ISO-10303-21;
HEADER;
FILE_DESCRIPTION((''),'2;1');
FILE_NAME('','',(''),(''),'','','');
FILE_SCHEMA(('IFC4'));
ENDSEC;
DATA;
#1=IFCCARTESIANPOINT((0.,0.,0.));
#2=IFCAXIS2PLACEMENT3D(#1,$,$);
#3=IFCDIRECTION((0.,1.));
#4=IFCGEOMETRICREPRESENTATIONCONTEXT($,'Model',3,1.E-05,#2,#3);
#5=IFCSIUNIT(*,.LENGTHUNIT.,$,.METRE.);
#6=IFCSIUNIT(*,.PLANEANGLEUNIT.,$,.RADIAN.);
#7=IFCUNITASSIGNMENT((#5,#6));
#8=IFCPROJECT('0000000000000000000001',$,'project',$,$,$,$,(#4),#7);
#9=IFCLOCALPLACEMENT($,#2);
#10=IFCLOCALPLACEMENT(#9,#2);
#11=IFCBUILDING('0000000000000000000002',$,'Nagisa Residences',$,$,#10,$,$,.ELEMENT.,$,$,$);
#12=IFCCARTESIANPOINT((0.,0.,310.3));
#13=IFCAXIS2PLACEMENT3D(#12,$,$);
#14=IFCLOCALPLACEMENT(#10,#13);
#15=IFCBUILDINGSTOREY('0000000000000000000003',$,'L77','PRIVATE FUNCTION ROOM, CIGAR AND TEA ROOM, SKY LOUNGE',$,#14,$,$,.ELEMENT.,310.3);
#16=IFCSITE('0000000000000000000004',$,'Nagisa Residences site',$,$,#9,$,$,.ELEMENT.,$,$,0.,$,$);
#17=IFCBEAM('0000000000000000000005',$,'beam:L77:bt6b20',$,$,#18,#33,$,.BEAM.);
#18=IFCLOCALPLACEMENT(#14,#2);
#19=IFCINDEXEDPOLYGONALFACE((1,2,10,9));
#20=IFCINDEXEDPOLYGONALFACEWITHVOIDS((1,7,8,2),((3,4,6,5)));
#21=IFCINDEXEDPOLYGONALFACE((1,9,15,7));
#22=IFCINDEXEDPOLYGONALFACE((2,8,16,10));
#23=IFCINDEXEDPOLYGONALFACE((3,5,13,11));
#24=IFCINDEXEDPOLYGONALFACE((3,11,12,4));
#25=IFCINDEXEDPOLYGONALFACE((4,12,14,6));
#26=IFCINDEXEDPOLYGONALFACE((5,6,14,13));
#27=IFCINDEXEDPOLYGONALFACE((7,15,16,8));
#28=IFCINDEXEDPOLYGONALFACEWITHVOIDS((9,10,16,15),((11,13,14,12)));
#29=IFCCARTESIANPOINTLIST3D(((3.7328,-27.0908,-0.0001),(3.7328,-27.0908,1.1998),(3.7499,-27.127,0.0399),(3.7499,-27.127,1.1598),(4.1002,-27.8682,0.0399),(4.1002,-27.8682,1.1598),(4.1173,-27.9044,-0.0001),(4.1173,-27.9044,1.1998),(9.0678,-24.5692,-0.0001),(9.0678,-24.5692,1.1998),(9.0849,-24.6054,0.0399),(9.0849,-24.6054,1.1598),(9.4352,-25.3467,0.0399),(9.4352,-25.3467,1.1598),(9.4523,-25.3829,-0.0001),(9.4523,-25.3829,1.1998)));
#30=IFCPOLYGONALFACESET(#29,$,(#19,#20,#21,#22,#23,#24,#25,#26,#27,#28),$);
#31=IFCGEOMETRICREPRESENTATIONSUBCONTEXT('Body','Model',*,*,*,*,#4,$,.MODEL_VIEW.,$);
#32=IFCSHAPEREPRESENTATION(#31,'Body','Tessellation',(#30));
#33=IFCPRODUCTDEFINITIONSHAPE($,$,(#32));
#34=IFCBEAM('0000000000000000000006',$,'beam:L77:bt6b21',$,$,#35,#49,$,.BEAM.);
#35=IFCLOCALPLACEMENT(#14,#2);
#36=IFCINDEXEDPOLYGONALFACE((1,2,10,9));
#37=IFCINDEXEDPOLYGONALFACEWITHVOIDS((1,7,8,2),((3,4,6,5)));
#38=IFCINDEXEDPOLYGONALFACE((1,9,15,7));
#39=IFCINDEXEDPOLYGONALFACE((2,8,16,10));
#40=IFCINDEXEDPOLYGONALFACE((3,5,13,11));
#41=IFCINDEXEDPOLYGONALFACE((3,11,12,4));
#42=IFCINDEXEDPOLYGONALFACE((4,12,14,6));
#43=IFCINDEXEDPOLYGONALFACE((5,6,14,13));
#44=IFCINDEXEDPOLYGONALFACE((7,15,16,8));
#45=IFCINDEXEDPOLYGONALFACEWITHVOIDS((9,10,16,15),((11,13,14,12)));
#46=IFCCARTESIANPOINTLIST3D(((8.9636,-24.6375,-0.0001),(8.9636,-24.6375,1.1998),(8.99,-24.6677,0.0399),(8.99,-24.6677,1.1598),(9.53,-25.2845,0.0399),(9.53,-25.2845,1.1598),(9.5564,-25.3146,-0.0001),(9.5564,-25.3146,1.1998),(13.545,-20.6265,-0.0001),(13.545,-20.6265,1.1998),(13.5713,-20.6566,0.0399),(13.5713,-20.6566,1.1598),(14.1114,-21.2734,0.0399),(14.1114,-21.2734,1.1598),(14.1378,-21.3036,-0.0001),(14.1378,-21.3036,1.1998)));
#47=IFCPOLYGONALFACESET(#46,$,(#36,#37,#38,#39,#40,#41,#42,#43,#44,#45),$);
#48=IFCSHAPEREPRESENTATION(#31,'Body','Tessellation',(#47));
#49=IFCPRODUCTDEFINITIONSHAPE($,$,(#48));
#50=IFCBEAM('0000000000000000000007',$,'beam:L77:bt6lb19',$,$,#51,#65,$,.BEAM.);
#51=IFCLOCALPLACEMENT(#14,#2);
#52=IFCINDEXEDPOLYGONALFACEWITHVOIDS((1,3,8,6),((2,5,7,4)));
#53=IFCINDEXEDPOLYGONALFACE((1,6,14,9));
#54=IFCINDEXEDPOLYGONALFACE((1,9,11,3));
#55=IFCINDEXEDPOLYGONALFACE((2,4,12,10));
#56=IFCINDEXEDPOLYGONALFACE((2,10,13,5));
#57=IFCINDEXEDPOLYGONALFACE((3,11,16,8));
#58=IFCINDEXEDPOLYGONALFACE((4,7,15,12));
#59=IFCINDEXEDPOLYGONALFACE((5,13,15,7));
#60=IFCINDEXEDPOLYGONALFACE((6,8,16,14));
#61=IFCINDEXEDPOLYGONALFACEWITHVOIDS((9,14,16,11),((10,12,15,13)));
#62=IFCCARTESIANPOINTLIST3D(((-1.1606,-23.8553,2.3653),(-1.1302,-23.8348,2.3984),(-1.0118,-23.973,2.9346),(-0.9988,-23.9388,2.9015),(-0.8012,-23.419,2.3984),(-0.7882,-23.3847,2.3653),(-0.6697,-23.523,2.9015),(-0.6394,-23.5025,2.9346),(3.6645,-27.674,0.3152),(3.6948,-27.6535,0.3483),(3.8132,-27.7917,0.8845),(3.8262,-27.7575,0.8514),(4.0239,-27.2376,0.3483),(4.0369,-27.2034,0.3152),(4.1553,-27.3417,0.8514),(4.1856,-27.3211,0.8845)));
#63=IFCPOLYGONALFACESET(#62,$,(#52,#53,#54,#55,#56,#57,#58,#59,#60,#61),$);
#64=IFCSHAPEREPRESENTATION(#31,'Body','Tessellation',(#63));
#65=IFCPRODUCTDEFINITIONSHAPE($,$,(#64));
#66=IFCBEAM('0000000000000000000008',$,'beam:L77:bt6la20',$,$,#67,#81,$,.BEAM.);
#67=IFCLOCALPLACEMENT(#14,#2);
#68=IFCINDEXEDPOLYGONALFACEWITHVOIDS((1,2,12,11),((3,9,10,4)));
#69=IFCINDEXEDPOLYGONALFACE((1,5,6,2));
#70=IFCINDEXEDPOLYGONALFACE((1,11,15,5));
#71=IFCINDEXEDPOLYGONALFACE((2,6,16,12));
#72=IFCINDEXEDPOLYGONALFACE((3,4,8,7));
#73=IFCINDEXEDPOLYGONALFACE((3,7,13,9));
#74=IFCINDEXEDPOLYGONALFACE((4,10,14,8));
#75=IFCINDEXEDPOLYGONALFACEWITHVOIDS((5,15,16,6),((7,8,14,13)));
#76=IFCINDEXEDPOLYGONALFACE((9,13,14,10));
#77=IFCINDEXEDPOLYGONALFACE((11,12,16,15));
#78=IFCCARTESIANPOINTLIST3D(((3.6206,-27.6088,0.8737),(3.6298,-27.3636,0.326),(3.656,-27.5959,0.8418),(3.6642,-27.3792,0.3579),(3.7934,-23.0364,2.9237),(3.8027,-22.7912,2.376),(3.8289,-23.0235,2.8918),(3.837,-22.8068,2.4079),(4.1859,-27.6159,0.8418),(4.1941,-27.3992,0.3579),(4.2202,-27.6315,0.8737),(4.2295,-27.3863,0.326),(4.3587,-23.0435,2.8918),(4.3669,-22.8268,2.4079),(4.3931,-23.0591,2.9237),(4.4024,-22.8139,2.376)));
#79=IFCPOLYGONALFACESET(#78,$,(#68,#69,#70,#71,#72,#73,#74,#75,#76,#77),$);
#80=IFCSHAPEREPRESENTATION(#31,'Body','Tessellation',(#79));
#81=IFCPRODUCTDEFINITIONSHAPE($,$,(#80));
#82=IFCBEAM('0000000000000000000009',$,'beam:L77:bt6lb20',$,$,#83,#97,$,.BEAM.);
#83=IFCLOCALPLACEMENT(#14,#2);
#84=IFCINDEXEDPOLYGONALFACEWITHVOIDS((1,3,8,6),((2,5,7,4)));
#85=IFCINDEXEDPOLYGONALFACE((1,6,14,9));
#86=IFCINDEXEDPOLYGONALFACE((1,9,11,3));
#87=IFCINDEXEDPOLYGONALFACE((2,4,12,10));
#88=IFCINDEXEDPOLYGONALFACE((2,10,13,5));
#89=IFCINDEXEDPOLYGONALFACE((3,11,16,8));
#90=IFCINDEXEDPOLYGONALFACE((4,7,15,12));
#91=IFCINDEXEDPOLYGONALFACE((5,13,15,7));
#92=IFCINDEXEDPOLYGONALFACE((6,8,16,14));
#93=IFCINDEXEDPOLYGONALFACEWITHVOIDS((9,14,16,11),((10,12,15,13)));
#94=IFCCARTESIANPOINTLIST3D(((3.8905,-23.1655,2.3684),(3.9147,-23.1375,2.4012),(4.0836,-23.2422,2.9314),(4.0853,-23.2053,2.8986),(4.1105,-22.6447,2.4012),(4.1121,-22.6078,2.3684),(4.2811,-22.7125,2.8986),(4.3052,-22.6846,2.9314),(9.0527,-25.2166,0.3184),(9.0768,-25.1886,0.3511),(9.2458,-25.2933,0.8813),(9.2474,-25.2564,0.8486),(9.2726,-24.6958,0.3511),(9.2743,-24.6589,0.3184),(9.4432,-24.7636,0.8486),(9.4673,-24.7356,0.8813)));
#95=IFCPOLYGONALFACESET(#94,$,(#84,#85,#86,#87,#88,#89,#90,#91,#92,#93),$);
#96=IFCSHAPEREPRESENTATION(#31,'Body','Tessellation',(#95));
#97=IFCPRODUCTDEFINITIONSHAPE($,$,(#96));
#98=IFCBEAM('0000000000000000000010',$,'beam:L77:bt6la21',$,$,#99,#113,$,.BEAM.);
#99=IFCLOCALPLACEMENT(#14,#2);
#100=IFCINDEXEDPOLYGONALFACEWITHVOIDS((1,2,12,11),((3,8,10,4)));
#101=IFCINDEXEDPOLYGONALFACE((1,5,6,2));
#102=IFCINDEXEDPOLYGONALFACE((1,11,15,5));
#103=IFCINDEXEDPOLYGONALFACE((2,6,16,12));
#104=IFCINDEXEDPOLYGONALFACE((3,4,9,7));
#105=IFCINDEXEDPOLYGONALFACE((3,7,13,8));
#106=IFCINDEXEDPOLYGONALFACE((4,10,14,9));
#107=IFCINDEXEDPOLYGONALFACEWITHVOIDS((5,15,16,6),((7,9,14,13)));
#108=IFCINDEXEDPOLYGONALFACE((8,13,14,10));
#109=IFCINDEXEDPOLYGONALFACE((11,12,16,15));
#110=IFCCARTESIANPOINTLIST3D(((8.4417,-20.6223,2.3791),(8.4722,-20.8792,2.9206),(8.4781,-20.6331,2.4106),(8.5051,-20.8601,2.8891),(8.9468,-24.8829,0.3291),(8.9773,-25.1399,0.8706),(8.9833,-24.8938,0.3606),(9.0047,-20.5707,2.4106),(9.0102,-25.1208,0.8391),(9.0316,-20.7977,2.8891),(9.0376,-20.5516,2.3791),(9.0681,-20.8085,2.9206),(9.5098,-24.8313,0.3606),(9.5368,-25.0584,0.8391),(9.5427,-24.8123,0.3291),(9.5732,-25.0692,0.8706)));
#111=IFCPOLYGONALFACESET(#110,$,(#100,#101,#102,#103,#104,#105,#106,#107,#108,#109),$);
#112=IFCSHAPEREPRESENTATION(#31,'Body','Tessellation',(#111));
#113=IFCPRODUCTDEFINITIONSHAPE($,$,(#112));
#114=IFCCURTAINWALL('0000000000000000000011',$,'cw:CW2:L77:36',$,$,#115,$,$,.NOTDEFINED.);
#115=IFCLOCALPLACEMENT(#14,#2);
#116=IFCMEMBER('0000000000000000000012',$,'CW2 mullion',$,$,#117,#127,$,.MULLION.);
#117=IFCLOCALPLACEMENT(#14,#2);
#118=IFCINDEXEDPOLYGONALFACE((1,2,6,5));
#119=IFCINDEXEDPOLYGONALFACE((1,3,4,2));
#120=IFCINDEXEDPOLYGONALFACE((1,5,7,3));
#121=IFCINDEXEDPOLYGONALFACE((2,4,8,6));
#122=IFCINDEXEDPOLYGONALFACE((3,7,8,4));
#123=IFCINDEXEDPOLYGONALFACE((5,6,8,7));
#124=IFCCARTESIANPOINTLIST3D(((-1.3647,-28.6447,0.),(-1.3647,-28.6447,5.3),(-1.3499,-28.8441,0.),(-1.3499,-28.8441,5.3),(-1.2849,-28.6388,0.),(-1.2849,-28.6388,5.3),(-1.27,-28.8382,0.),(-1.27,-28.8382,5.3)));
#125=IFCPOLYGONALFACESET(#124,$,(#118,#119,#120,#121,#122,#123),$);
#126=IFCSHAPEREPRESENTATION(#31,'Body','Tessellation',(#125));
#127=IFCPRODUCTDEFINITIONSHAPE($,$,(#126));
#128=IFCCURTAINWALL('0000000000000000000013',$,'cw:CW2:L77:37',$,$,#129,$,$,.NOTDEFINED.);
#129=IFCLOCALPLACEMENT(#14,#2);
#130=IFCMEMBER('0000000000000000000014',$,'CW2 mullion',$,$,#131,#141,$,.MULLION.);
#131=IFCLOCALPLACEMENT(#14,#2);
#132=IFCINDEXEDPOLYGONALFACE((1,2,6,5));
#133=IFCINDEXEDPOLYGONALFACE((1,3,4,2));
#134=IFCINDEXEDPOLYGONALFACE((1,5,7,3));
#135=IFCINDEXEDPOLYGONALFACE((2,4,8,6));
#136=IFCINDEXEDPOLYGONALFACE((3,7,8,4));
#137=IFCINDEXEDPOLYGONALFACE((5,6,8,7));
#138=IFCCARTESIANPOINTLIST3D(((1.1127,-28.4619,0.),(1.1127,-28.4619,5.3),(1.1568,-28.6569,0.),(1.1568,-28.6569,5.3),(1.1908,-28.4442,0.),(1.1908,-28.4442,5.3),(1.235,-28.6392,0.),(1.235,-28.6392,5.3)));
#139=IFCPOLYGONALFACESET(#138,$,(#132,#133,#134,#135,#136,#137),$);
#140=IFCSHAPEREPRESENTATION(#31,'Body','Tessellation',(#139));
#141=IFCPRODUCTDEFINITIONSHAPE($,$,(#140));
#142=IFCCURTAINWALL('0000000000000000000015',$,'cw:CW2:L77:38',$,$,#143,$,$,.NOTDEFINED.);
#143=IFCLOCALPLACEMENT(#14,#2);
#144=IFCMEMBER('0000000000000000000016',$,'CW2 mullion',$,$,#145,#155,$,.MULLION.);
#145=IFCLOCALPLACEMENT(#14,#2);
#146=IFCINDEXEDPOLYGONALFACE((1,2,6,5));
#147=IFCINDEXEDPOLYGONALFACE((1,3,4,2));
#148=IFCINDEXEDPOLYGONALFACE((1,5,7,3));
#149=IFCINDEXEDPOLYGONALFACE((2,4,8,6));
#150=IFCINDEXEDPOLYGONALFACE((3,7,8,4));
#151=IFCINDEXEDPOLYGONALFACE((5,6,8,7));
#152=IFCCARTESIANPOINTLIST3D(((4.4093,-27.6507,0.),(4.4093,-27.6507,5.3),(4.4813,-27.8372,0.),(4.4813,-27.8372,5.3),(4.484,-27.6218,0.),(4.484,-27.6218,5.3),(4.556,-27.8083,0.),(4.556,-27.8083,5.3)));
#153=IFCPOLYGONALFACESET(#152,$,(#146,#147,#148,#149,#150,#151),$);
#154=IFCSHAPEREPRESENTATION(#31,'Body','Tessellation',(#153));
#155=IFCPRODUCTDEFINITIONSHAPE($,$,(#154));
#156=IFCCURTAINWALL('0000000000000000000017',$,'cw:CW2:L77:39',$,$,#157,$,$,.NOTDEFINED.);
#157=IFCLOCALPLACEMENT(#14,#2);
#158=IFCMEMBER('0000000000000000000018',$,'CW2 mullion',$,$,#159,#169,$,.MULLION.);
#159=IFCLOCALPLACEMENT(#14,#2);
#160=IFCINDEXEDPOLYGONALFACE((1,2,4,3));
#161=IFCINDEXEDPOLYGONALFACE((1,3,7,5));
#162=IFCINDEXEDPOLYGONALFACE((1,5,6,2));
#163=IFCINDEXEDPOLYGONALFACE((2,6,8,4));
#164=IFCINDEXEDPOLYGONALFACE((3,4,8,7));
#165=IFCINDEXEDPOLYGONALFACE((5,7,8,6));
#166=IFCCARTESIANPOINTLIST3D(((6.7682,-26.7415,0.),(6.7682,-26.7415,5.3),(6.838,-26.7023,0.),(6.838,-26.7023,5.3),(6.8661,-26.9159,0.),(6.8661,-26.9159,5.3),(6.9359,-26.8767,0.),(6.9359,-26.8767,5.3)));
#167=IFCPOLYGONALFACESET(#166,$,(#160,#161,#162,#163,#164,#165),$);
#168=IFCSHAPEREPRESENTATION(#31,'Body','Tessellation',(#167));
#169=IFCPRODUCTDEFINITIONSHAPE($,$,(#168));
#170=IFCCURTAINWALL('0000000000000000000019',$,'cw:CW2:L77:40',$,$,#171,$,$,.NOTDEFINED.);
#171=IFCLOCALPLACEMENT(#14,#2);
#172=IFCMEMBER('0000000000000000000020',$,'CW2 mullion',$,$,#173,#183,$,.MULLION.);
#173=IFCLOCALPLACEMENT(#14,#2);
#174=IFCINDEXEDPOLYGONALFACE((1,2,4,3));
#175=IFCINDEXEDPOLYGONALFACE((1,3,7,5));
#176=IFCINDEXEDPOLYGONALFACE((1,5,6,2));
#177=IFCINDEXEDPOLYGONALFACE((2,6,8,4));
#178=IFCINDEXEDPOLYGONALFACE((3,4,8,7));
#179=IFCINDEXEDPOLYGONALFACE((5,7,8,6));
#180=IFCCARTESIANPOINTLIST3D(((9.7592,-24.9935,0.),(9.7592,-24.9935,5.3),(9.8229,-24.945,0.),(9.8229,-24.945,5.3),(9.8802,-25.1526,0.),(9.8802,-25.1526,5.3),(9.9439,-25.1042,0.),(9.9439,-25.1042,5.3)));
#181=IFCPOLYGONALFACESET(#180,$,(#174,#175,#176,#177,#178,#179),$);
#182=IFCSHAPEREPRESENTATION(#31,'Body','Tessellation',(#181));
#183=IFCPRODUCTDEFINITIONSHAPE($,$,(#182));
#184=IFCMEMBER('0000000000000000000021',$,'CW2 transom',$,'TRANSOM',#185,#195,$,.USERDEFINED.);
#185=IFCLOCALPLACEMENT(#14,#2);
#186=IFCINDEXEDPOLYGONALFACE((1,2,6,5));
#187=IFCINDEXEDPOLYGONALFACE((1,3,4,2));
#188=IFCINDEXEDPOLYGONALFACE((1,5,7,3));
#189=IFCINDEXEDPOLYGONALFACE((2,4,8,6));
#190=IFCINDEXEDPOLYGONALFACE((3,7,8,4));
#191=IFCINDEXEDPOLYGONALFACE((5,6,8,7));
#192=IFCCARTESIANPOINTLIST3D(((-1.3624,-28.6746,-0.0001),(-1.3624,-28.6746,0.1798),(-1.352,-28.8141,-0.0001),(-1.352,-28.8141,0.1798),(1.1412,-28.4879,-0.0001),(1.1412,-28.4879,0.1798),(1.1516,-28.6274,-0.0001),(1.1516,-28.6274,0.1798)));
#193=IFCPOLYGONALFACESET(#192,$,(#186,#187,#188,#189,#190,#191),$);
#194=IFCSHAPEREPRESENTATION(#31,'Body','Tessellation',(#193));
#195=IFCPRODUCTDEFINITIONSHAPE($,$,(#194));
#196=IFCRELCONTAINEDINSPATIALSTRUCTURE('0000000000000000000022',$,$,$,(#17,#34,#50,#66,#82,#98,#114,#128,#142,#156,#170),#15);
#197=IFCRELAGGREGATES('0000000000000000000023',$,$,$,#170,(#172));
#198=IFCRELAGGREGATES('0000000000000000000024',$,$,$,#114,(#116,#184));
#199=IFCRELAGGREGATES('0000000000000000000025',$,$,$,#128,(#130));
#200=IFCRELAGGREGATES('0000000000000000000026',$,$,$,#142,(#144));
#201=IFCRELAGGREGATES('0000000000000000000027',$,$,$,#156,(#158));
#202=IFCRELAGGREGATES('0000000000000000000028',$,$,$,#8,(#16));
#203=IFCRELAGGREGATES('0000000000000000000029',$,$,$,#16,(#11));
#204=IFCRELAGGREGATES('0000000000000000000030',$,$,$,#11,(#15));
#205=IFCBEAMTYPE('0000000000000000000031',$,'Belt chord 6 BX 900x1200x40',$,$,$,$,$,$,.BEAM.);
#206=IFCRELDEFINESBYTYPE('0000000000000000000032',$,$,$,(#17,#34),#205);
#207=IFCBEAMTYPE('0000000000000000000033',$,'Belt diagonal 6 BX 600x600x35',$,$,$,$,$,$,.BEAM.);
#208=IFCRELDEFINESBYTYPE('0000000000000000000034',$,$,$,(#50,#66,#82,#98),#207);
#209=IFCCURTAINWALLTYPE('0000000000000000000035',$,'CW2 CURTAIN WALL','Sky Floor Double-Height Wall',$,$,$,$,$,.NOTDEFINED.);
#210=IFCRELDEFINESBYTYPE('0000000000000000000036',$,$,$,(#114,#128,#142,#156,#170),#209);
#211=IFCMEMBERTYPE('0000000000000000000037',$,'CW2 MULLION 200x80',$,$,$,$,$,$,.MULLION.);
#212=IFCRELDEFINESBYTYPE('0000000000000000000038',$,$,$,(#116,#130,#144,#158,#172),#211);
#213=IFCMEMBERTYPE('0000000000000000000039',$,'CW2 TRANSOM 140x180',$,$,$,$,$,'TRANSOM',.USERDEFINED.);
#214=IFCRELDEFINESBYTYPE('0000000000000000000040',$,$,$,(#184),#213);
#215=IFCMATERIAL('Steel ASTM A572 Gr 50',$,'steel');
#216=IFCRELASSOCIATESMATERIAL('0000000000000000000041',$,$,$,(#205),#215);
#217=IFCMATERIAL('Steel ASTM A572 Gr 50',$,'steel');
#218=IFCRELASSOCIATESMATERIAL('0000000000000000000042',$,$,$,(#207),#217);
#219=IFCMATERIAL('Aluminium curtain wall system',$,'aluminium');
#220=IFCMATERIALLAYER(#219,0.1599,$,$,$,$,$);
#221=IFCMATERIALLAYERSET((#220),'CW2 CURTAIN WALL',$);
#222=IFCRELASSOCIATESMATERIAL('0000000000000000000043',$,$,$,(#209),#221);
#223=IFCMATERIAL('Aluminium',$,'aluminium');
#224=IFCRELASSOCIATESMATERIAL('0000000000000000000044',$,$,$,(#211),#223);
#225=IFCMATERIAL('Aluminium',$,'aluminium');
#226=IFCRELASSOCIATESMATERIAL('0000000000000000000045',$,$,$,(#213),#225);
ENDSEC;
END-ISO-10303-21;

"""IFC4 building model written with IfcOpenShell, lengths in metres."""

from ifc_helpers import new_model, si_unit, direction, frame, origin, origin_2d, place, context, subcontext, project, spatial, rectangle, hollow_rectangle, extrude, material, layer, layer_set, material_profile, profile_set, type_object, element, aggregate, save


model = new_model("IFC4")

# Units and contexts
model_context = context("Model", 3, precision=1e-05, world=origin(), true_north=direction((0.0, 1.0)))
body_context = subcontext(model_context, "Body", "Model", "MODEL_VIEW")
ifc_project = project(units=[si_unit("LENGTHUNIT", "METRE"), si_unit("PLANEANGLEUNIT", "RADIAN")], contexts=[model_context])

# Site, building, storey
site_placement = place(None, origin())
site = spatial("IfcSite", under=ifc_project, at=site_placement, Name="Nagisa Residences site", CompositionType="ELEMENT", RefElevation=0.0)
building_placement = place(site_placement, origin())
building = spatial("IfcBuilding", under=site, at=building_placement, Name="Nagisa Residences", CompositionType="ELEMENT")
storey_placement = place(building_placement, frame((0.0, 0.0, 310.3)))
storey = spatial("IfcBuildingStorey", under=building, at=storey_placement, Name="L77", Description="PRIVATE FUNCTION ROOM, CIGAR AND TEA ROOM, SKY LOUNGE", CompositionType="ELEMENT", Elevation=310.3)

# Beams
ifc_material_1 = material(Name="Steel ASTM A572 Gr 50", Category="steel")
ifc_material_profile_1 = material_profile(ifc_material_1, hollow_rectangle(XDim=0.8999, YDim=1.2, WallThickness=0.04, at=origin_2d()), Name="BX 900x1200x40")
ifc_profile_set_1 = profile_set([ifc_material_profile_1], Name="Steel ASTM A572 Gr 50")
beam_type_1 = type_object("IfcBeamType", Name="Belt chord 6 BX 900x1200x40", PredefinedType="BEAM", material=ifc_profile_set_1)
beam_1_placement = place(storey_placement, frame((3.925, -27.4976, 0.5999), z_axis=(0.904105, 0.427311, 0.0), x_axis=(-0.427311, 0.904105, 0.0)))
element("IfcBeam", 1, at=beam_1_placement, inside=storey, type_object=beam_type_1, Name="beam:L77:bt6b20", PredefinedType="BEAM", context=body_context, shape_type="SweptSolid", body=[
    extrude(hollow_rectangle(XDim=0.8999, YDim=1.2, WallThickness=0.04, at=origin_2d()), origin(), (0.0, 0.0, 1.0), 5.9009),
])
beam_2_placement = place(storey_placement, frame((9.26, -24.9761, 0.5999), z_axis=(0.752385, 0.658723, 0.0), x_axis=(-0.658723, 0.752385, 0.0)))
element("IfcBeam", 2, at=beam_2_placement, inside=storey, type_object=beam_type_1, Name="beam:L77:bt6b21", PredefinedType="BEAM", context=body_context, shape_type="SweptSolid", body=[
    extrude(hollow_rectangle(XDim=0.8999, YDim=1.2, WallThickness=0.04, at=origin_2d()), origin(), (0.0, 0.0, 1.0), 6.0891),
])
ifc_material_2 = material(Name="Steel ASTM A572 Gr 50", Category="steel")
ifc_material_profile_2 = material_profile(ifc_material_2, hollow_rectangle(XDim=0.6001, YDim=0.6001, WallThickness=0.0349, at=origin_2d()), Name="BX 600x600x35")
ifc_profile_set_2 = profile_set([ifc_material_profile_2], Name="Steel ASTM A572 Gr 50")
beam_type_2 = type_object("IfcBeamType", Name="Belt diagonal 6 BX 600x600x35", PredefinedType="BEAM", material=ifc_profile_set_2)
beam_3_placement = place(storey_placement, frame((3.925, -27.4976, 0.5999), z_axis=(-0.743934, 0.588771, 0.316086), x_axis=(-0.620588, -0.784137, 0.0)))
element("IfcBeam", 3, at=beam_3_placement, inside=storey, type_object=beam_type_2, Name="beam:L77:bt6lb19", PredefinedType="BEAM", context=body_context, shape_type="SweptSolid", body=[
    extrude(hollow_rectangle(XDim=0.6001, YDim=0.6001, WallThickness=0.0349, at=origin_2d()), origin(), (0.0, 0.0, 1.0), 6.4858),
])
beam_4_placement = place(storey_placement, frame((3.925, -27.4976, 0.5999), z_axis=(0.034474, 0.911944, 0.408863), x_axis=(-0.999286, 0.037775, 0.0)))
element("IfcBeam", 4, at=beam_4_placement, inside=storey, type_object=beam_type_2, Name="beam:L77:bt6la20", PredefinedType="BEAM", context=body_context, shape_type="SweptSolid", body=[
    extrude(hollow_rectangle(XDim=0.6001, YDim=0.6001, WallThickness=0.0349, at=origin_2d()), origin(), (0.0, 0.0, 1.0), 5.0139),
])
beam_5_placement = place(storey_placement, frame((9.26, -24.9761, 0.5999), z_axis=(-0.871849, 0.346406, 0.346241), x_axis=(-0.369245, -0.929332, 0.0)))
element("IfcBeam", 5, at=beam_5_placement, inside=storey, type_object=beam_type_2, Name="beam:L77:bt6lb20", PredefinedType="BEAM", context=body_context, shape_type="SweptSolid", body=[
    extrude(hollow_rectangle(XDim=0.6001, YDim=0.6001, WallThickness=0.0349, at=origin_2d()), origin(), (0.0, 0.0, 1.0), 5.9209),
])
beam_6_placement = place(storey_placement, frame((9.26, -24.9761, 0.5999), z_axis=(-0.106227, 0.89602, 0.431119), x_axis=(-0.993046, -0.117729, 0.0)))
element("IfcBeam", 6, at=beam_6_placement, inside=storey, type_object=beam_type_2, Name="beam:L77:bt6la21", PredefinedType="BEAM", context=body_context, shape_type="SweptSolid", body=[
    extrude(hollow_rectangle(XDim=0.6001, YDim=0.6001, WallThickness=0.0349, at=origin_2d()), origin(), (0.0, 0.0, 1.0), 4.7551),
])

# Curtain walls, members
ifc_material_3 = material(Name="Aluminium curtain wall system", Category="aluminium")
ifc_layer_1 = layer(ifc_material_3, 0.1599)
ifc_layer_set_1 = layer_set([ifc_layer_1], Name="CW2 CURTAIN WALL")
curtain_wall_type = type_object("IfcCurtainWallType", Name="CW2 CURTAIN WALL", Description="Sky Floor Double-Height Wall", PredefinedType="NOTDEFINED", material=ifc_layer_set_1)
curtain_wall_1_placement = place(storey_placement, origin())
curtain_wall_1 = element("IfcCurtainWall", 7, at=curtain_wall_1_placement, inside=storey, type_object=curtain_wall_type, Name="cw:CW2:L77:36", PredefinedType="NOTDEFINED")
ifc_material_4 = material(Name="Aluminium", Category="aluminium")
ifc_material_profile_3 = material_profile(ifc_material_4, rectangle(XDim=0.2, YDim=0.0801, at=origin_2d()), Name="CW2 MULLION 200x80")
ifc_profile_set_3 = profile_set([ifc_material_profile_3], Name="Aluminium")
member_type_1 = type_object("IfcMemberType", Name="CW2 MULLION 200x80", PredefinedType="MULLION", material=ifc_profile_set_3)
member_1_placement = place(storey_placement, frame((-1.3174, -28.7415, 0.0), z_axis=(0.0, 0.0, 1.0), x_axis=(-0.074377, 0.99723, 0.0)))
member_1 = element("IfcMember", 8, at=member_1_placement, type_object=member_type_1, Name="CW2 mullion", PredefinedType="MULLION", context=body_context, shape_type="SweptSolid", body=[
    extrude(rectangle(XDim=0.2, YDim=0.0801, at=origin_2d()), origin(), (0.0, 0.0, 1.0), 5.3),
])
curtain_wall_2_placement = place(storey_placement, origin())
curtain_wall_2 = element("IfcCurtainWall", 9, at=curtain_wall_2_placement, inside=storey, type_object=curtain_wall_type, Name="cw:CW2:L77:37", PredefinedType="NOTDEFINED")
member_2_placement = place(storey_placement, frame((1.1738, -28.5505, 0.0), z_axis=(0.0, 0.0, 1.0), x_axis=(-0.220764, 0.975327, 0.0)))
member_2 = element("IfcMember", 10, at=member_2_placement, type_object=member_type_1, Name="CW2 mullion", PredefinedType="MULLION", context=body_context, shape_type="SweptSolid", body=[
    extrude(rectangle(XDim=0.2, YDim=0.0801, at=origin_2d()), origin(), (0.0, 0.0, 1.0), 5.3),
])
curtain_wall_3_placement = place(storey_placement, origin())
curtain_wall_3 = element("IfcCurtainWall", 11, at=curtain_wall_3_placement, inside=storey, type_object=curtain_wall_type, Name="cw:CW2:L77:38", PredefinedType="NOTDEFINED")
member_3_placement = place(storey_placement, frame((4.4827, -27.7295, 0.0), z_axis=(0.0, 0.0, 1.0), x_axis=(-0.360328, 0.932826, 0.0)))
member_3 = element("IfcMember", 12, at=member_3_placement, type_object=member_type_1, Name="CW2 mullion", PredefinedType="MULLION", context=body_context, shape_type="SweptSolid", body=[
    extrude(rectangle(XDim=0.2, YDim=0.0801, at=origin_2d()), origin(), (0.0, 0.0, 1.0), 5.3),
])
curtain_wall_4_placement = place(storey_placement, origin())
curtain_wall_4 = element("IfcCurtainWall", 13, at=curtain_wall_4_placement, inside=storey, type_object=curtain_wall_type, Name="cw:CW2:L77:39", PredefinedType="NOTDEFINED")
member_4_placement = place(storey_placement, frame((6.8521, -26.8091, 0.0), z_axis=(0.0, 0.0, 1.0), x_axis=(-0.489377, 0.872072, 0.0)))
member_4 = element("IfcMember", 14, at=member_4_placement, type_object=member_type_1, Name="CW2 mullion", PredefinedType="MULLION", context=body_context, shape_type="SweptSolid", body=[
    extrude(rectangle(XDim=0.2, YDim=0.0801, at=origin_2d()), origin(), (0.0, 0.0, 1.0), 5.3),
])
curtain_wall_5_placement = place(storey_placement, origin())
curtain_wall_5 = element("IfcCurtainWall", 15, at=curtain_wall_5_placement, inside=storey, type_object=curtain_wall_type, Name="cw:CW2:L77:40", PredefinedType="NOTDEFINED")
member_5_placement = place(storey_placement, frame((9.8516, -25.0488, 0.0), z_axis=(0.0, 0.0, 1.0), x_axis=(-0.605255, 0.796031, 0.0)))
member_5 = element("IfcMember", 16, at=member_5_placement, type_object=member_type_1, Name="CW2 mullion", PredefinedType="MULLION", context=body_context, shape_type="SweptSolid", body=[
    extrude(rectangle(XDim=0.2, YDim=0.0801, at=origin_2d()), origin(), (0.0, 0.0, 1.0), 5.3),
])

# Member
ifc_material_5 = material(Name="Aluminium", Category="aluminium")
ifc_material_profile_4 = material_profile(ifc_material_5, rectangle(XDim=0.1399, YDim=0.1799, at=origin_2d()), Name="CW2 TRANSOM 140x180")
ifc_profile_set_4 = profile_set([ifc_material_profile_4], Name="Aluminium")
member_type_2 = type_object("IfcMemberType", Name="CW2 TRANSOM 140x180", ElementType="TRANSOM", PredefinedType="USERDEFINED", material=ifc_profile_set_4)
member_6_placement = place(storey_placement, frame((-1.3572, -28.7444, 0.0898), z_axis=(0.997229, 0.074391, 0.0), x_axis=(-0.074391, 0.997229, 0.0)))
member_6 = element("IfcMember", 17, at=member_6_placement, type_object=member_type_2, Name="CW2 transom", ObjectType="TRANSOM", PredefinedType="USERDEFINED", context=body_context, shape_type="SweptSolid", body=[
    extrude(rectangle(XDim=0.1399, YDim=0.1799, at=origin_2d()), origin(), (0.0, 0.0, 1.0), 2.5105),
])
aggregate(curtain_wall_5, [member_5])

aggregate(curtain_wall_1, [member_1, member_6])
aggregate(curtain_wall_2, [member_2])
aggregate(curtain_wall_3, [member_3])
aggregate(curtain_wall_4, [member_4])

save(model, "model.ifc")
